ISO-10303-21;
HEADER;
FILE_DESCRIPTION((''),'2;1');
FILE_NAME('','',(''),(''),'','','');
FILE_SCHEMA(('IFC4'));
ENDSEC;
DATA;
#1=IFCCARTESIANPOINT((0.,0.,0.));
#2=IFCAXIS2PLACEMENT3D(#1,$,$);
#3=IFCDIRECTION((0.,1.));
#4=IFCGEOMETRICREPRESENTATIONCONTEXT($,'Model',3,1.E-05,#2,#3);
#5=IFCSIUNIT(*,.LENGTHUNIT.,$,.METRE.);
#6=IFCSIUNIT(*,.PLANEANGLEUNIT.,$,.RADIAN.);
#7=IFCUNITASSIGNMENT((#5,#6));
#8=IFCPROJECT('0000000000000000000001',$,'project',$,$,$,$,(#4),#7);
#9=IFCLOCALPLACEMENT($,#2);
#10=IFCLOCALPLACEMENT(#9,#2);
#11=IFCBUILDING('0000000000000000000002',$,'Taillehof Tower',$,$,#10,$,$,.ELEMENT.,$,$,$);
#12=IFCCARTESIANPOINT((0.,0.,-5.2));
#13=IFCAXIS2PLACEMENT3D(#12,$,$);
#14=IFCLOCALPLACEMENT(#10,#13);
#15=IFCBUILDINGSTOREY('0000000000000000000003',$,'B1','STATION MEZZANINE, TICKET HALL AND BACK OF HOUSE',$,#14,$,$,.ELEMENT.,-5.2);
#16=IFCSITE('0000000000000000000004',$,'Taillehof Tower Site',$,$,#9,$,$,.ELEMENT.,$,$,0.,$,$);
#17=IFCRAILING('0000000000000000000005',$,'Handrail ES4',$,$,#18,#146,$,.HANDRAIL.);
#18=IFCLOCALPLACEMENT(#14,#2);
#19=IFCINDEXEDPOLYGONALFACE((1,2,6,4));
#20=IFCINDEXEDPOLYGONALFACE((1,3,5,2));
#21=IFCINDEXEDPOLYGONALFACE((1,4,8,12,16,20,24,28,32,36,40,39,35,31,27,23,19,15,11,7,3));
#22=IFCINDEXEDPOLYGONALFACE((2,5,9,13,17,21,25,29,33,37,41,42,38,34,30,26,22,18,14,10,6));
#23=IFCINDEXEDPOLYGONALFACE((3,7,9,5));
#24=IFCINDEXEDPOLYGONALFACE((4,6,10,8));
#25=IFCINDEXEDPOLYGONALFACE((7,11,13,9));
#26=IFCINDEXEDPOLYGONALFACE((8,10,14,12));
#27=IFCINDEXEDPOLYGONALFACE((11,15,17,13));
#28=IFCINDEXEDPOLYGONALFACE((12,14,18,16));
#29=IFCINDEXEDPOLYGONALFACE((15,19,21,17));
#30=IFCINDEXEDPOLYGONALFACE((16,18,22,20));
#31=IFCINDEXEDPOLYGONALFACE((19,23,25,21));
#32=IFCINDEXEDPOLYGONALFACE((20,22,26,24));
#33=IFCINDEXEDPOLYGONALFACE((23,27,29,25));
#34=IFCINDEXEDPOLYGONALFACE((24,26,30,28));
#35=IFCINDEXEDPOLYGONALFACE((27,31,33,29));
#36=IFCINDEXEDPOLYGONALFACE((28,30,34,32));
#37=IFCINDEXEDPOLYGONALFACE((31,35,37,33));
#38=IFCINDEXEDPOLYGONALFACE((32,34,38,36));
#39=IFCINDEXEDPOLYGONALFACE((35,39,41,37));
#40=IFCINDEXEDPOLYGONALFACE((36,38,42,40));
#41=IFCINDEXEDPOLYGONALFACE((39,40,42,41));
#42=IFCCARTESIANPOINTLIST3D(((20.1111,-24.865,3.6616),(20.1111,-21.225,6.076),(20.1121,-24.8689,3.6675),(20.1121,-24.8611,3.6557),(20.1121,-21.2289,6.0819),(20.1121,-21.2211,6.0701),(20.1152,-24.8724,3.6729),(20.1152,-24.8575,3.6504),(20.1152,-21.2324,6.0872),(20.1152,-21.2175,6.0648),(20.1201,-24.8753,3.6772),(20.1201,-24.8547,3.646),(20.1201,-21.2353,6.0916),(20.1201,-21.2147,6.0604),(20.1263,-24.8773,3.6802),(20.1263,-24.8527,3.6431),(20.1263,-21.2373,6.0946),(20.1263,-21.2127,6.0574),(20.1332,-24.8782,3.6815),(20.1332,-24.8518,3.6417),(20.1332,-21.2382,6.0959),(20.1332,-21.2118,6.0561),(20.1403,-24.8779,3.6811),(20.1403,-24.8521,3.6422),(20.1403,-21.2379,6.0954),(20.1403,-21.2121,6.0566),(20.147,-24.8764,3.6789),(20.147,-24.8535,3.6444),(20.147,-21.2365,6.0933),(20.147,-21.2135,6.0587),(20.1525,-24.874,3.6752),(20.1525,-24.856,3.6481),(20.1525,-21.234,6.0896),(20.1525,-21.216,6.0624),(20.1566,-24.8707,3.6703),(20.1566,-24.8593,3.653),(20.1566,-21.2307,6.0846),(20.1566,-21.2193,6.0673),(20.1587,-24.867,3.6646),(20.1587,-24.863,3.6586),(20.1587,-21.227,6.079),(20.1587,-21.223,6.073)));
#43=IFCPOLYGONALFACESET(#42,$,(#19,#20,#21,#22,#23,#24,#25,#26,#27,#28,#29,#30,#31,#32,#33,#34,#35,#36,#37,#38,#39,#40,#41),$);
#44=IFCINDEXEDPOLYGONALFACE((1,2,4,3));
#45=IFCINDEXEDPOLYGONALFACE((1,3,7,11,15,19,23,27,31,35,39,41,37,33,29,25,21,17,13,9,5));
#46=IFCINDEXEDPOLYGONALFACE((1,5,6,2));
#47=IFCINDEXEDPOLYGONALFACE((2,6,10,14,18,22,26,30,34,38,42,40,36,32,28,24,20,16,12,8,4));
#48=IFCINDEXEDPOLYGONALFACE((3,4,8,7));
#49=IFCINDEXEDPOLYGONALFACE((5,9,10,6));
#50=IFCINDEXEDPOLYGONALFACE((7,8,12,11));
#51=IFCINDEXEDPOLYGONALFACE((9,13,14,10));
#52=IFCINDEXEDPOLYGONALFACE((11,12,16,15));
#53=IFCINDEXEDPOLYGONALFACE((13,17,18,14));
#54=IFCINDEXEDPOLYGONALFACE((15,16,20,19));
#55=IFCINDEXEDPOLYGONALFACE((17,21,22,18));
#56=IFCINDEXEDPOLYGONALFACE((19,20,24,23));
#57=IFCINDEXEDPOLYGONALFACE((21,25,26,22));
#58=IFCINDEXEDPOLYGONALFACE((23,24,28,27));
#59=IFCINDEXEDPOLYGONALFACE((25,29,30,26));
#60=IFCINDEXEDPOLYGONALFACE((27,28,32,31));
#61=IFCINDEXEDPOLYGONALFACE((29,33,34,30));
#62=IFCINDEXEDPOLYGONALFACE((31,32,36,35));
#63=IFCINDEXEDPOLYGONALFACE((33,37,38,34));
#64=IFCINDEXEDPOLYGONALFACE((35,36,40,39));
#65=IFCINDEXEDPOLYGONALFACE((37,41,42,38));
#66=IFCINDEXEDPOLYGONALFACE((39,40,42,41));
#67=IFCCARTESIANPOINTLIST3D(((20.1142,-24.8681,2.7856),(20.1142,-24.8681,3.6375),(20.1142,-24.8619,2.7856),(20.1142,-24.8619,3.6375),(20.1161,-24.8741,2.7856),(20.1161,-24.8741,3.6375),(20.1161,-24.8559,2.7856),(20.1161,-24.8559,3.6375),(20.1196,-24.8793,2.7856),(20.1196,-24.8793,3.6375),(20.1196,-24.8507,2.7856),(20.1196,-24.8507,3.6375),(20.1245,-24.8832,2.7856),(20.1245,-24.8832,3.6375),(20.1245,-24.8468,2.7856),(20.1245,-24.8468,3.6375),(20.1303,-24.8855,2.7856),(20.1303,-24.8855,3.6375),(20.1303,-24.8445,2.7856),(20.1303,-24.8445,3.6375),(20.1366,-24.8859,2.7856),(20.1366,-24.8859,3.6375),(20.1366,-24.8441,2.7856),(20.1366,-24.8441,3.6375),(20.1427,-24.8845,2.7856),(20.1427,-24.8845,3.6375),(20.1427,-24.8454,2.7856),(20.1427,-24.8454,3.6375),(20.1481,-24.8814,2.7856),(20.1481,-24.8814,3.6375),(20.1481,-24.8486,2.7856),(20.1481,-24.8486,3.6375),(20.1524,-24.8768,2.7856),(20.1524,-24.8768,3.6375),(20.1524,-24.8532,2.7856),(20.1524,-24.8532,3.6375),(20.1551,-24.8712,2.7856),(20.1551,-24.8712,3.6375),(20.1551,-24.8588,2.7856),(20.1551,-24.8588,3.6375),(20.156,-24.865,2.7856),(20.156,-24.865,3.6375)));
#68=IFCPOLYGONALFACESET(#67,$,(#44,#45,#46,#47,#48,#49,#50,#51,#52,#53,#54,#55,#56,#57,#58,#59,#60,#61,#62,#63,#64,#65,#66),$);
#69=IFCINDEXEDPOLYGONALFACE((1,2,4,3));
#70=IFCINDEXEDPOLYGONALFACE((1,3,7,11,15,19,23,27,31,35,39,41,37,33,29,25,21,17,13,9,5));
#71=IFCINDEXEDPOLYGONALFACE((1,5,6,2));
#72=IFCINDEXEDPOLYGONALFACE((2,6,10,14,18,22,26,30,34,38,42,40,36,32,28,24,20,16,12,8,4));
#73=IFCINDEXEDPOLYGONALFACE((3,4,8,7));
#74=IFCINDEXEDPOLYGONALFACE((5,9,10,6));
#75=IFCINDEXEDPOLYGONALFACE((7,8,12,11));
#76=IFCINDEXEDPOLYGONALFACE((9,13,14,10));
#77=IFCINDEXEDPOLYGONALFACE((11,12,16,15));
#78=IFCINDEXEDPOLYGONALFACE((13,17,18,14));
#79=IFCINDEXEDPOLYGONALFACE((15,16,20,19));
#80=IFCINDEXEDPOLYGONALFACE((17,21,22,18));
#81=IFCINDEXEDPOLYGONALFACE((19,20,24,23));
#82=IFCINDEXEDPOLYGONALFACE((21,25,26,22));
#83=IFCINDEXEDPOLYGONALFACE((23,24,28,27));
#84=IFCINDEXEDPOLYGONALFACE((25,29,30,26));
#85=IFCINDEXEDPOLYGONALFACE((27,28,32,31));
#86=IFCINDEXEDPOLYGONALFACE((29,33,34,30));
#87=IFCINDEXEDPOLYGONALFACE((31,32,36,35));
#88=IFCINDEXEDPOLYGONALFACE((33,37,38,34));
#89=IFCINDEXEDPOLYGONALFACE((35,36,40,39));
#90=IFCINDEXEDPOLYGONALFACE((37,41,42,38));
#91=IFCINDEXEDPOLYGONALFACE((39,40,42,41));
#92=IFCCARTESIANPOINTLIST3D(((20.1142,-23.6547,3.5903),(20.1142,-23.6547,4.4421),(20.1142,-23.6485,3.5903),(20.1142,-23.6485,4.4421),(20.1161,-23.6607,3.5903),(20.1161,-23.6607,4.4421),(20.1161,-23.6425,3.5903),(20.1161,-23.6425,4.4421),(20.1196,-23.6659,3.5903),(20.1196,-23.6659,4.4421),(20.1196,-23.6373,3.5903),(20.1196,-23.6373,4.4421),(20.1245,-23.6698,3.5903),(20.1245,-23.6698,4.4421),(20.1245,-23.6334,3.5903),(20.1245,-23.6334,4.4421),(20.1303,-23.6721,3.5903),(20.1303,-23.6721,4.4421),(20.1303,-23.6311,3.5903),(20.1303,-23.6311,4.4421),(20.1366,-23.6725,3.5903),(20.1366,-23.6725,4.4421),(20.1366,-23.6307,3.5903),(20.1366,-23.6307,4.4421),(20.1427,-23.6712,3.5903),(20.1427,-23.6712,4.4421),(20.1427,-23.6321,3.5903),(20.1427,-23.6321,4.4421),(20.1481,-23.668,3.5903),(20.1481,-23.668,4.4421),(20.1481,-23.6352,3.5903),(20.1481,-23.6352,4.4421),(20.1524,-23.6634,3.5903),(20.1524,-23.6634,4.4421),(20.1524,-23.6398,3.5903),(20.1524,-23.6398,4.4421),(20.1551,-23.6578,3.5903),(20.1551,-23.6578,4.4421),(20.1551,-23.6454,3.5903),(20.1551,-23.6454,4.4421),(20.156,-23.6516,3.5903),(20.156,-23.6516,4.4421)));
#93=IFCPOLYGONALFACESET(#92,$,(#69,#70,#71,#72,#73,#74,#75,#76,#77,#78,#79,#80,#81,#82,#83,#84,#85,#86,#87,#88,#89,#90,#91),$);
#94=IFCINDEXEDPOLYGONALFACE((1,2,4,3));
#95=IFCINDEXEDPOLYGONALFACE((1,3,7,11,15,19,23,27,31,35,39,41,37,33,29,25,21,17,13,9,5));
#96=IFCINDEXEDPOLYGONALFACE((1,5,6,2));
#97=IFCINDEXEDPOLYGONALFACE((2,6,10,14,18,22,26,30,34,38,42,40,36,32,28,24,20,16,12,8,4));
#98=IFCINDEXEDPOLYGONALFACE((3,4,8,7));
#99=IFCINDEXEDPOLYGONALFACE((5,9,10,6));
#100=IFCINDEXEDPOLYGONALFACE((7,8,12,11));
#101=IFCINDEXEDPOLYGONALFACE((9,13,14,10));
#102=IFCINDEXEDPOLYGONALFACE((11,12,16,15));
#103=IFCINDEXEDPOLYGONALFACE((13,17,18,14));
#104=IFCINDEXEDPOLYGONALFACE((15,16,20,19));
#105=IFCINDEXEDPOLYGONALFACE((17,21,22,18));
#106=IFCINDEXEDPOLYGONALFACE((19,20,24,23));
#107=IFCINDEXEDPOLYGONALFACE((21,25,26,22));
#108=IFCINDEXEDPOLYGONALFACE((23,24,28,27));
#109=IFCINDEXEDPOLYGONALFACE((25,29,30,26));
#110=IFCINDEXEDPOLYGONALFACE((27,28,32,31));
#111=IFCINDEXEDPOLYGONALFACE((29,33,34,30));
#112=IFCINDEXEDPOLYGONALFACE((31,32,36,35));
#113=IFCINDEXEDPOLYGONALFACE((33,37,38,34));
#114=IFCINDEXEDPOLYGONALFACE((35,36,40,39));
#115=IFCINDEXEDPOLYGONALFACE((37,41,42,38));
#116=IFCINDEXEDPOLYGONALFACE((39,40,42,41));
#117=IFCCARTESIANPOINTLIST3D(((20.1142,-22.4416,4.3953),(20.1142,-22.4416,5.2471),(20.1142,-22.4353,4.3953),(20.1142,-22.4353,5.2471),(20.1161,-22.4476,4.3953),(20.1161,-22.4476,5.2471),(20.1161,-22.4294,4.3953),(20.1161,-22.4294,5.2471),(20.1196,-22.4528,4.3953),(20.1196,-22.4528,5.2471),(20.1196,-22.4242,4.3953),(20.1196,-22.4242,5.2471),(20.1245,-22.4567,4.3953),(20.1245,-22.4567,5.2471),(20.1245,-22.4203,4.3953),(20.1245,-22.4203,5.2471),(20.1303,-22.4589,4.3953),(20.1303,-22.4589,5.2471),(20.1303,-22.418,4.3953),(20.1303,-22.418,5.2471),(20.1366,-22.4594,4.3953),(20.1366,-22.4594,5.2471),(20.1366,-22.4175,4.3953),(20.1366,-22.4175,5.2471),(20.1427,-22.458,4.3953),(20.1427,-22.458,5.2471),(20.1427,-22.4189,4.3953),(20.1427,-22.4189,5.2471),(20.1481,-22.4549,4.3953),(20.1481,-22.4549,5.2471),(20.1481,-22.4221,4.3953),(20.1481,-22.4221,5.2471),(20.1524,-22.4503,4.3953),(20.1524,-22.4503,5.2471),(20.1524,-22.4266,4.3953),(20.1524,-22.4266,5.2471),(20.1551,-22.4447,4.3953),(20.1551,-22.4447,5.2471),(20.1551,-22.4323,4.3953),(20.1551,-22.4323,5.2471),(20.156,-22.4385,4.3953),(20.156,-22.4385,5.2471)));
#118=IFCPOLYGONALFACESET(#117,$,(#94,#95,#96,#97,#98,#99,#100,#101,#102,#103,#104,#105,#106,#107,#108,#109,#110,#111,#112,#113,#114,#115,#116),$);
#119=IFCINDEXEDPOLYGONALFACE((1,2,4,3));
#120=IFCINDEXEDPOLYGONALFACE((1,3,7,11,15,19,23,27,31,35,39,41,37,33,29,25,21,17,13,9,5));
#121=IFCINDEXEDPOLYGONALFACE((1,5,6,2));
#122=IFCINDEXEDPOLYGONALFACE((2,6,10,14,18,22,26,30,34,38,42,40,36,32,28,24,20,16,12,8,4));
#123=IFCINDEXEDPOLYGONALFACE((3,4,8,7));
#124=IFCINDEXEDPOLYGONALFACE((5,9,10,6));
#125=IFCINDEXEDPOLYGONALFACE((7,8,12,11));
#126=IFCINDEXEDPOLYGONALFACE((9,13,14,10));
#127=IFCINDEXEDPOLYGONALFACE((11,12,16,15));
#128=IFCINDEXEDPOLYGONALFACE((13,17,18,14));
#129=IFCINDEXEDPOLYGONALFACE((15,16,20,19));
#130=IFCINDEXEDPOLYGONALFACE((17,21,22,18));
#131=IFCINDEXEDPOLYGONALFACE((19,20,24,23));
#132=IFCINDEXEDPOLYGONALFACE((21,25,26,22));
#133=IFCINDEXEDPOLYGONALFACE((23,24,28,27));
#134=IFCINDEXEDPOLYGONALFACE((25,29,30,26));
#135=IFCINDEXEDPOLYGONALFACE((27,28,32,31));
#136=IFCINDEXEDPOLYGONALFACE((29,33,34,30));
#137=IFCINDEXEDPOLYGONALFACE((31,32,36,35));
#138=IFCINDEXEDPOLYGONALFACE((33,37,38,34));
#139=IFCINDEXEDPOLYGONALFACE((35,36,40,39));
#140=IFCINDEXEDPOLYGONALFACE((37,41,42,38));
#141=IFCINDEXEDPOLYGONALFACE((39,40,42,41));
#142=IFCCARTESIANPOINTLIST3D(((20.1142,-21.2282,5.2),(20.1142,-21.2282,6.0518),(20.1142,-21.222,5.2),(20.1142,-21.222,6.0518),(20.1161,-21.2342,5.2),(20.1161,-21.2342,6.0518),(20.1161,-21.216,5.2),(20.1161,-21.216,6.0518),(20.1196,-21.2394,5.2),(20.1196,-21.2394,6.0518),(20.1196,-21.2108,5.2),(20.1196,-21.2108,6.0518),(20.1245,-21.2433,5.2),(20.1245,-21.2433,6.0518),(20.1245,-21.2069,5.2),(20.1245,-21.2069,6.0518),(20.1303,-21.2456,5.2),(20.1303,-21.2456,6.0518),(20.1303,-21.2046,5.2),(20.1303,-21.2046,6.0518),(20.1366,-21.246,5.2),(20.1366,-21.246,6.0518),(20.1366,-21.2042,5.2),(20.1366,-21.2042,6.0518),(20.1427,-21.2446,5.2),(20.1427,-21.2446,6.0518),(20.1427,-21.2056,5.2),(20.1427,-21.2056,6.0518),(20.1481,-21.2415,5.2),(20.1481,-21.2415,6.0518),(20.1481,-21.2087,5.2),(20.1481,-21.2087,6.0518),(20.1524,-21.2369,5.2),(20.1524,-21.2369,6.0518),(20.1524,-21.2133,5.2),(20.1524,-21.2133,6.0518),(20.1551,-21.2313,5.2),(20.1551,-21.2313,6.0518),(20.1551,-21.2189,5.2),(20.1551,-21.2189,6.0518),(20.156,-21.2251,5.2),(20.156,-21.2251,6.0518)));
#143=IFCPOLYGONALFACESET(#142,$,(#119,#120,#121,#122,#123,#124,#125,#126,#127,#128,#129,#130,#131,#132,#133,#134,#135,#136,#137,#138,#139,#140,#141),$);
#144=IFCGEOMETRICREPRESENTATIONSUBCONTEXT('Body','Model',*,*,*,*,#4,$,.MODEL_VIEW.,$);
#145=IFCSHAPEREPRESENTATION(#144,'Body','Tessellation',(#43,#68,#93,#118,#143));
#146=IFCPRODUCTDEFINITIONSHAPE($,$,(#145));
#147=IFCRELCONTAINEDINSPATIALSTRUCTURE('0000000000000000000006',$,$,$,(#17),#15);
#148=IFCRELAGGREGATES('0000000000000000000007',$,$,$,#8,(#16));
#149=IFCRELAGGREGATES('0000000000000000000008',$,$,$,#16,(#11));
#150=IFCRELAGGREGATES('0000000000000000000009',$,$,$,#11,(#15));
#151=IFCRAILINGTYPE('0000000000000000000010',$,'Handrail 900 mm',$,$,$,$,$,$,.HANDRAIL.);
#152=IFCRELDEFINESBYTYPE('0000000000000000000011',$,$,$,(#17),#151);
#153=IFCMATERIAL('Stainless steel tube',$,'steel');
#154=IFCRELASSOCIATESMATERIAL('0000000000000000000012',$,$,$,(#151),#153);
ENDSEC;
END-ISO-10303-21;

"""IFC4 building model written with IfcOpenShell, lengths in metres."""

from ifc_helpers import new_model, si_unit, direction, frame, origin, origin_2d, place, context, subcontext, project, spatial, circle, extrude, material, type_object, element, save


model = new_model("IFC4")

# Units and contexts
model_context = context("Model", 3, precision=1e-05, world=origin(), true_north=direction((0.0, 1.0)))
body_context = subcontext(model_context, "Body", "Model", "MODEL_VIEW")
ifc_project = project(units=[si_unit("LENGTHUNIT", "METRE"), si_unit("PLANEANGLEUNIT", "RADIAN")], contexts=[model_context])

# Site, building, storey
site_placement = place(None, origin())
site = spatial("IfcSite", under=ifc_project, at=site_placement, Name="Taillehof Tower Site", CompositionType="ELEMENT", RefElevation=0.0)
building_placement = place(site_placement, origin())
building = spatial("IfcBuilding", under=site, at=building_placement, Name="Taillehof Tower", CompositionType="ELEMENT")
storey_placement = place(building_placement, frame((0.0, 0.0, -5.2)))
storey = spatial("IfcBuildingStorey", under=building, at=storey_placement, Name="B1", Description="STATION MEZZANINE, TICKET HALL AND BACK OF HOUSE", CompositionType="ELEMENT", Elevation=-5.2)

# Railing
ifc_material_1 = material(Name="Stainless steel tube", Category="steel")
railing_type_1 = type_object("IfcRailingType", Name="Handrail 900 mm", PredefinedType="HANDRAIL", material=ifc_material_1)
for number, where, name in (
    (1, (20.135, -24.865, 2.7856), "Handrail ES4"),
):
    element("IfcRailing", number, at=place(storey_placement, frame(where)), inside=storey, type_object=railing_type_1, Name=name, PredefinedType="HANDRAIL", context=body_context, shape_type="SweptSolid", body=[
        extrude(circle(Radius=0.0239, at=origin_2d()), frame((0.0, 0.0, 0.876), z_axis=(0.0, 0.833347, 0.552751), x_axis=(-1.0, 0.0, 0.0)), (0.0, 0.0, 1.0), 4.3679),
        extrude(circle(Radius=0.021, at=origin_2d()), origin(), (0.0, 0.0, 1.0), 0.8518),
        extrude(circle(Radius=0.021, at=origin_2d()), frame((0.0, 1.2134, 0.8047)), (0.0, 0.0, 1.0), 0.8518),
        extrude(circle(Radius=0.021, at=origin_2d()), frame((0.0, 2.4265, 1.6096)), (0.0, 0.0, 1.0), 0.8518),
        extrude(circle(Radius=0.021, at=origin_2d()), frame((0.0, 3.6399, 2.4143)), (0.0, 0.0, 1.0), 0.8518),
    ])

save(model, "model.ifc")
